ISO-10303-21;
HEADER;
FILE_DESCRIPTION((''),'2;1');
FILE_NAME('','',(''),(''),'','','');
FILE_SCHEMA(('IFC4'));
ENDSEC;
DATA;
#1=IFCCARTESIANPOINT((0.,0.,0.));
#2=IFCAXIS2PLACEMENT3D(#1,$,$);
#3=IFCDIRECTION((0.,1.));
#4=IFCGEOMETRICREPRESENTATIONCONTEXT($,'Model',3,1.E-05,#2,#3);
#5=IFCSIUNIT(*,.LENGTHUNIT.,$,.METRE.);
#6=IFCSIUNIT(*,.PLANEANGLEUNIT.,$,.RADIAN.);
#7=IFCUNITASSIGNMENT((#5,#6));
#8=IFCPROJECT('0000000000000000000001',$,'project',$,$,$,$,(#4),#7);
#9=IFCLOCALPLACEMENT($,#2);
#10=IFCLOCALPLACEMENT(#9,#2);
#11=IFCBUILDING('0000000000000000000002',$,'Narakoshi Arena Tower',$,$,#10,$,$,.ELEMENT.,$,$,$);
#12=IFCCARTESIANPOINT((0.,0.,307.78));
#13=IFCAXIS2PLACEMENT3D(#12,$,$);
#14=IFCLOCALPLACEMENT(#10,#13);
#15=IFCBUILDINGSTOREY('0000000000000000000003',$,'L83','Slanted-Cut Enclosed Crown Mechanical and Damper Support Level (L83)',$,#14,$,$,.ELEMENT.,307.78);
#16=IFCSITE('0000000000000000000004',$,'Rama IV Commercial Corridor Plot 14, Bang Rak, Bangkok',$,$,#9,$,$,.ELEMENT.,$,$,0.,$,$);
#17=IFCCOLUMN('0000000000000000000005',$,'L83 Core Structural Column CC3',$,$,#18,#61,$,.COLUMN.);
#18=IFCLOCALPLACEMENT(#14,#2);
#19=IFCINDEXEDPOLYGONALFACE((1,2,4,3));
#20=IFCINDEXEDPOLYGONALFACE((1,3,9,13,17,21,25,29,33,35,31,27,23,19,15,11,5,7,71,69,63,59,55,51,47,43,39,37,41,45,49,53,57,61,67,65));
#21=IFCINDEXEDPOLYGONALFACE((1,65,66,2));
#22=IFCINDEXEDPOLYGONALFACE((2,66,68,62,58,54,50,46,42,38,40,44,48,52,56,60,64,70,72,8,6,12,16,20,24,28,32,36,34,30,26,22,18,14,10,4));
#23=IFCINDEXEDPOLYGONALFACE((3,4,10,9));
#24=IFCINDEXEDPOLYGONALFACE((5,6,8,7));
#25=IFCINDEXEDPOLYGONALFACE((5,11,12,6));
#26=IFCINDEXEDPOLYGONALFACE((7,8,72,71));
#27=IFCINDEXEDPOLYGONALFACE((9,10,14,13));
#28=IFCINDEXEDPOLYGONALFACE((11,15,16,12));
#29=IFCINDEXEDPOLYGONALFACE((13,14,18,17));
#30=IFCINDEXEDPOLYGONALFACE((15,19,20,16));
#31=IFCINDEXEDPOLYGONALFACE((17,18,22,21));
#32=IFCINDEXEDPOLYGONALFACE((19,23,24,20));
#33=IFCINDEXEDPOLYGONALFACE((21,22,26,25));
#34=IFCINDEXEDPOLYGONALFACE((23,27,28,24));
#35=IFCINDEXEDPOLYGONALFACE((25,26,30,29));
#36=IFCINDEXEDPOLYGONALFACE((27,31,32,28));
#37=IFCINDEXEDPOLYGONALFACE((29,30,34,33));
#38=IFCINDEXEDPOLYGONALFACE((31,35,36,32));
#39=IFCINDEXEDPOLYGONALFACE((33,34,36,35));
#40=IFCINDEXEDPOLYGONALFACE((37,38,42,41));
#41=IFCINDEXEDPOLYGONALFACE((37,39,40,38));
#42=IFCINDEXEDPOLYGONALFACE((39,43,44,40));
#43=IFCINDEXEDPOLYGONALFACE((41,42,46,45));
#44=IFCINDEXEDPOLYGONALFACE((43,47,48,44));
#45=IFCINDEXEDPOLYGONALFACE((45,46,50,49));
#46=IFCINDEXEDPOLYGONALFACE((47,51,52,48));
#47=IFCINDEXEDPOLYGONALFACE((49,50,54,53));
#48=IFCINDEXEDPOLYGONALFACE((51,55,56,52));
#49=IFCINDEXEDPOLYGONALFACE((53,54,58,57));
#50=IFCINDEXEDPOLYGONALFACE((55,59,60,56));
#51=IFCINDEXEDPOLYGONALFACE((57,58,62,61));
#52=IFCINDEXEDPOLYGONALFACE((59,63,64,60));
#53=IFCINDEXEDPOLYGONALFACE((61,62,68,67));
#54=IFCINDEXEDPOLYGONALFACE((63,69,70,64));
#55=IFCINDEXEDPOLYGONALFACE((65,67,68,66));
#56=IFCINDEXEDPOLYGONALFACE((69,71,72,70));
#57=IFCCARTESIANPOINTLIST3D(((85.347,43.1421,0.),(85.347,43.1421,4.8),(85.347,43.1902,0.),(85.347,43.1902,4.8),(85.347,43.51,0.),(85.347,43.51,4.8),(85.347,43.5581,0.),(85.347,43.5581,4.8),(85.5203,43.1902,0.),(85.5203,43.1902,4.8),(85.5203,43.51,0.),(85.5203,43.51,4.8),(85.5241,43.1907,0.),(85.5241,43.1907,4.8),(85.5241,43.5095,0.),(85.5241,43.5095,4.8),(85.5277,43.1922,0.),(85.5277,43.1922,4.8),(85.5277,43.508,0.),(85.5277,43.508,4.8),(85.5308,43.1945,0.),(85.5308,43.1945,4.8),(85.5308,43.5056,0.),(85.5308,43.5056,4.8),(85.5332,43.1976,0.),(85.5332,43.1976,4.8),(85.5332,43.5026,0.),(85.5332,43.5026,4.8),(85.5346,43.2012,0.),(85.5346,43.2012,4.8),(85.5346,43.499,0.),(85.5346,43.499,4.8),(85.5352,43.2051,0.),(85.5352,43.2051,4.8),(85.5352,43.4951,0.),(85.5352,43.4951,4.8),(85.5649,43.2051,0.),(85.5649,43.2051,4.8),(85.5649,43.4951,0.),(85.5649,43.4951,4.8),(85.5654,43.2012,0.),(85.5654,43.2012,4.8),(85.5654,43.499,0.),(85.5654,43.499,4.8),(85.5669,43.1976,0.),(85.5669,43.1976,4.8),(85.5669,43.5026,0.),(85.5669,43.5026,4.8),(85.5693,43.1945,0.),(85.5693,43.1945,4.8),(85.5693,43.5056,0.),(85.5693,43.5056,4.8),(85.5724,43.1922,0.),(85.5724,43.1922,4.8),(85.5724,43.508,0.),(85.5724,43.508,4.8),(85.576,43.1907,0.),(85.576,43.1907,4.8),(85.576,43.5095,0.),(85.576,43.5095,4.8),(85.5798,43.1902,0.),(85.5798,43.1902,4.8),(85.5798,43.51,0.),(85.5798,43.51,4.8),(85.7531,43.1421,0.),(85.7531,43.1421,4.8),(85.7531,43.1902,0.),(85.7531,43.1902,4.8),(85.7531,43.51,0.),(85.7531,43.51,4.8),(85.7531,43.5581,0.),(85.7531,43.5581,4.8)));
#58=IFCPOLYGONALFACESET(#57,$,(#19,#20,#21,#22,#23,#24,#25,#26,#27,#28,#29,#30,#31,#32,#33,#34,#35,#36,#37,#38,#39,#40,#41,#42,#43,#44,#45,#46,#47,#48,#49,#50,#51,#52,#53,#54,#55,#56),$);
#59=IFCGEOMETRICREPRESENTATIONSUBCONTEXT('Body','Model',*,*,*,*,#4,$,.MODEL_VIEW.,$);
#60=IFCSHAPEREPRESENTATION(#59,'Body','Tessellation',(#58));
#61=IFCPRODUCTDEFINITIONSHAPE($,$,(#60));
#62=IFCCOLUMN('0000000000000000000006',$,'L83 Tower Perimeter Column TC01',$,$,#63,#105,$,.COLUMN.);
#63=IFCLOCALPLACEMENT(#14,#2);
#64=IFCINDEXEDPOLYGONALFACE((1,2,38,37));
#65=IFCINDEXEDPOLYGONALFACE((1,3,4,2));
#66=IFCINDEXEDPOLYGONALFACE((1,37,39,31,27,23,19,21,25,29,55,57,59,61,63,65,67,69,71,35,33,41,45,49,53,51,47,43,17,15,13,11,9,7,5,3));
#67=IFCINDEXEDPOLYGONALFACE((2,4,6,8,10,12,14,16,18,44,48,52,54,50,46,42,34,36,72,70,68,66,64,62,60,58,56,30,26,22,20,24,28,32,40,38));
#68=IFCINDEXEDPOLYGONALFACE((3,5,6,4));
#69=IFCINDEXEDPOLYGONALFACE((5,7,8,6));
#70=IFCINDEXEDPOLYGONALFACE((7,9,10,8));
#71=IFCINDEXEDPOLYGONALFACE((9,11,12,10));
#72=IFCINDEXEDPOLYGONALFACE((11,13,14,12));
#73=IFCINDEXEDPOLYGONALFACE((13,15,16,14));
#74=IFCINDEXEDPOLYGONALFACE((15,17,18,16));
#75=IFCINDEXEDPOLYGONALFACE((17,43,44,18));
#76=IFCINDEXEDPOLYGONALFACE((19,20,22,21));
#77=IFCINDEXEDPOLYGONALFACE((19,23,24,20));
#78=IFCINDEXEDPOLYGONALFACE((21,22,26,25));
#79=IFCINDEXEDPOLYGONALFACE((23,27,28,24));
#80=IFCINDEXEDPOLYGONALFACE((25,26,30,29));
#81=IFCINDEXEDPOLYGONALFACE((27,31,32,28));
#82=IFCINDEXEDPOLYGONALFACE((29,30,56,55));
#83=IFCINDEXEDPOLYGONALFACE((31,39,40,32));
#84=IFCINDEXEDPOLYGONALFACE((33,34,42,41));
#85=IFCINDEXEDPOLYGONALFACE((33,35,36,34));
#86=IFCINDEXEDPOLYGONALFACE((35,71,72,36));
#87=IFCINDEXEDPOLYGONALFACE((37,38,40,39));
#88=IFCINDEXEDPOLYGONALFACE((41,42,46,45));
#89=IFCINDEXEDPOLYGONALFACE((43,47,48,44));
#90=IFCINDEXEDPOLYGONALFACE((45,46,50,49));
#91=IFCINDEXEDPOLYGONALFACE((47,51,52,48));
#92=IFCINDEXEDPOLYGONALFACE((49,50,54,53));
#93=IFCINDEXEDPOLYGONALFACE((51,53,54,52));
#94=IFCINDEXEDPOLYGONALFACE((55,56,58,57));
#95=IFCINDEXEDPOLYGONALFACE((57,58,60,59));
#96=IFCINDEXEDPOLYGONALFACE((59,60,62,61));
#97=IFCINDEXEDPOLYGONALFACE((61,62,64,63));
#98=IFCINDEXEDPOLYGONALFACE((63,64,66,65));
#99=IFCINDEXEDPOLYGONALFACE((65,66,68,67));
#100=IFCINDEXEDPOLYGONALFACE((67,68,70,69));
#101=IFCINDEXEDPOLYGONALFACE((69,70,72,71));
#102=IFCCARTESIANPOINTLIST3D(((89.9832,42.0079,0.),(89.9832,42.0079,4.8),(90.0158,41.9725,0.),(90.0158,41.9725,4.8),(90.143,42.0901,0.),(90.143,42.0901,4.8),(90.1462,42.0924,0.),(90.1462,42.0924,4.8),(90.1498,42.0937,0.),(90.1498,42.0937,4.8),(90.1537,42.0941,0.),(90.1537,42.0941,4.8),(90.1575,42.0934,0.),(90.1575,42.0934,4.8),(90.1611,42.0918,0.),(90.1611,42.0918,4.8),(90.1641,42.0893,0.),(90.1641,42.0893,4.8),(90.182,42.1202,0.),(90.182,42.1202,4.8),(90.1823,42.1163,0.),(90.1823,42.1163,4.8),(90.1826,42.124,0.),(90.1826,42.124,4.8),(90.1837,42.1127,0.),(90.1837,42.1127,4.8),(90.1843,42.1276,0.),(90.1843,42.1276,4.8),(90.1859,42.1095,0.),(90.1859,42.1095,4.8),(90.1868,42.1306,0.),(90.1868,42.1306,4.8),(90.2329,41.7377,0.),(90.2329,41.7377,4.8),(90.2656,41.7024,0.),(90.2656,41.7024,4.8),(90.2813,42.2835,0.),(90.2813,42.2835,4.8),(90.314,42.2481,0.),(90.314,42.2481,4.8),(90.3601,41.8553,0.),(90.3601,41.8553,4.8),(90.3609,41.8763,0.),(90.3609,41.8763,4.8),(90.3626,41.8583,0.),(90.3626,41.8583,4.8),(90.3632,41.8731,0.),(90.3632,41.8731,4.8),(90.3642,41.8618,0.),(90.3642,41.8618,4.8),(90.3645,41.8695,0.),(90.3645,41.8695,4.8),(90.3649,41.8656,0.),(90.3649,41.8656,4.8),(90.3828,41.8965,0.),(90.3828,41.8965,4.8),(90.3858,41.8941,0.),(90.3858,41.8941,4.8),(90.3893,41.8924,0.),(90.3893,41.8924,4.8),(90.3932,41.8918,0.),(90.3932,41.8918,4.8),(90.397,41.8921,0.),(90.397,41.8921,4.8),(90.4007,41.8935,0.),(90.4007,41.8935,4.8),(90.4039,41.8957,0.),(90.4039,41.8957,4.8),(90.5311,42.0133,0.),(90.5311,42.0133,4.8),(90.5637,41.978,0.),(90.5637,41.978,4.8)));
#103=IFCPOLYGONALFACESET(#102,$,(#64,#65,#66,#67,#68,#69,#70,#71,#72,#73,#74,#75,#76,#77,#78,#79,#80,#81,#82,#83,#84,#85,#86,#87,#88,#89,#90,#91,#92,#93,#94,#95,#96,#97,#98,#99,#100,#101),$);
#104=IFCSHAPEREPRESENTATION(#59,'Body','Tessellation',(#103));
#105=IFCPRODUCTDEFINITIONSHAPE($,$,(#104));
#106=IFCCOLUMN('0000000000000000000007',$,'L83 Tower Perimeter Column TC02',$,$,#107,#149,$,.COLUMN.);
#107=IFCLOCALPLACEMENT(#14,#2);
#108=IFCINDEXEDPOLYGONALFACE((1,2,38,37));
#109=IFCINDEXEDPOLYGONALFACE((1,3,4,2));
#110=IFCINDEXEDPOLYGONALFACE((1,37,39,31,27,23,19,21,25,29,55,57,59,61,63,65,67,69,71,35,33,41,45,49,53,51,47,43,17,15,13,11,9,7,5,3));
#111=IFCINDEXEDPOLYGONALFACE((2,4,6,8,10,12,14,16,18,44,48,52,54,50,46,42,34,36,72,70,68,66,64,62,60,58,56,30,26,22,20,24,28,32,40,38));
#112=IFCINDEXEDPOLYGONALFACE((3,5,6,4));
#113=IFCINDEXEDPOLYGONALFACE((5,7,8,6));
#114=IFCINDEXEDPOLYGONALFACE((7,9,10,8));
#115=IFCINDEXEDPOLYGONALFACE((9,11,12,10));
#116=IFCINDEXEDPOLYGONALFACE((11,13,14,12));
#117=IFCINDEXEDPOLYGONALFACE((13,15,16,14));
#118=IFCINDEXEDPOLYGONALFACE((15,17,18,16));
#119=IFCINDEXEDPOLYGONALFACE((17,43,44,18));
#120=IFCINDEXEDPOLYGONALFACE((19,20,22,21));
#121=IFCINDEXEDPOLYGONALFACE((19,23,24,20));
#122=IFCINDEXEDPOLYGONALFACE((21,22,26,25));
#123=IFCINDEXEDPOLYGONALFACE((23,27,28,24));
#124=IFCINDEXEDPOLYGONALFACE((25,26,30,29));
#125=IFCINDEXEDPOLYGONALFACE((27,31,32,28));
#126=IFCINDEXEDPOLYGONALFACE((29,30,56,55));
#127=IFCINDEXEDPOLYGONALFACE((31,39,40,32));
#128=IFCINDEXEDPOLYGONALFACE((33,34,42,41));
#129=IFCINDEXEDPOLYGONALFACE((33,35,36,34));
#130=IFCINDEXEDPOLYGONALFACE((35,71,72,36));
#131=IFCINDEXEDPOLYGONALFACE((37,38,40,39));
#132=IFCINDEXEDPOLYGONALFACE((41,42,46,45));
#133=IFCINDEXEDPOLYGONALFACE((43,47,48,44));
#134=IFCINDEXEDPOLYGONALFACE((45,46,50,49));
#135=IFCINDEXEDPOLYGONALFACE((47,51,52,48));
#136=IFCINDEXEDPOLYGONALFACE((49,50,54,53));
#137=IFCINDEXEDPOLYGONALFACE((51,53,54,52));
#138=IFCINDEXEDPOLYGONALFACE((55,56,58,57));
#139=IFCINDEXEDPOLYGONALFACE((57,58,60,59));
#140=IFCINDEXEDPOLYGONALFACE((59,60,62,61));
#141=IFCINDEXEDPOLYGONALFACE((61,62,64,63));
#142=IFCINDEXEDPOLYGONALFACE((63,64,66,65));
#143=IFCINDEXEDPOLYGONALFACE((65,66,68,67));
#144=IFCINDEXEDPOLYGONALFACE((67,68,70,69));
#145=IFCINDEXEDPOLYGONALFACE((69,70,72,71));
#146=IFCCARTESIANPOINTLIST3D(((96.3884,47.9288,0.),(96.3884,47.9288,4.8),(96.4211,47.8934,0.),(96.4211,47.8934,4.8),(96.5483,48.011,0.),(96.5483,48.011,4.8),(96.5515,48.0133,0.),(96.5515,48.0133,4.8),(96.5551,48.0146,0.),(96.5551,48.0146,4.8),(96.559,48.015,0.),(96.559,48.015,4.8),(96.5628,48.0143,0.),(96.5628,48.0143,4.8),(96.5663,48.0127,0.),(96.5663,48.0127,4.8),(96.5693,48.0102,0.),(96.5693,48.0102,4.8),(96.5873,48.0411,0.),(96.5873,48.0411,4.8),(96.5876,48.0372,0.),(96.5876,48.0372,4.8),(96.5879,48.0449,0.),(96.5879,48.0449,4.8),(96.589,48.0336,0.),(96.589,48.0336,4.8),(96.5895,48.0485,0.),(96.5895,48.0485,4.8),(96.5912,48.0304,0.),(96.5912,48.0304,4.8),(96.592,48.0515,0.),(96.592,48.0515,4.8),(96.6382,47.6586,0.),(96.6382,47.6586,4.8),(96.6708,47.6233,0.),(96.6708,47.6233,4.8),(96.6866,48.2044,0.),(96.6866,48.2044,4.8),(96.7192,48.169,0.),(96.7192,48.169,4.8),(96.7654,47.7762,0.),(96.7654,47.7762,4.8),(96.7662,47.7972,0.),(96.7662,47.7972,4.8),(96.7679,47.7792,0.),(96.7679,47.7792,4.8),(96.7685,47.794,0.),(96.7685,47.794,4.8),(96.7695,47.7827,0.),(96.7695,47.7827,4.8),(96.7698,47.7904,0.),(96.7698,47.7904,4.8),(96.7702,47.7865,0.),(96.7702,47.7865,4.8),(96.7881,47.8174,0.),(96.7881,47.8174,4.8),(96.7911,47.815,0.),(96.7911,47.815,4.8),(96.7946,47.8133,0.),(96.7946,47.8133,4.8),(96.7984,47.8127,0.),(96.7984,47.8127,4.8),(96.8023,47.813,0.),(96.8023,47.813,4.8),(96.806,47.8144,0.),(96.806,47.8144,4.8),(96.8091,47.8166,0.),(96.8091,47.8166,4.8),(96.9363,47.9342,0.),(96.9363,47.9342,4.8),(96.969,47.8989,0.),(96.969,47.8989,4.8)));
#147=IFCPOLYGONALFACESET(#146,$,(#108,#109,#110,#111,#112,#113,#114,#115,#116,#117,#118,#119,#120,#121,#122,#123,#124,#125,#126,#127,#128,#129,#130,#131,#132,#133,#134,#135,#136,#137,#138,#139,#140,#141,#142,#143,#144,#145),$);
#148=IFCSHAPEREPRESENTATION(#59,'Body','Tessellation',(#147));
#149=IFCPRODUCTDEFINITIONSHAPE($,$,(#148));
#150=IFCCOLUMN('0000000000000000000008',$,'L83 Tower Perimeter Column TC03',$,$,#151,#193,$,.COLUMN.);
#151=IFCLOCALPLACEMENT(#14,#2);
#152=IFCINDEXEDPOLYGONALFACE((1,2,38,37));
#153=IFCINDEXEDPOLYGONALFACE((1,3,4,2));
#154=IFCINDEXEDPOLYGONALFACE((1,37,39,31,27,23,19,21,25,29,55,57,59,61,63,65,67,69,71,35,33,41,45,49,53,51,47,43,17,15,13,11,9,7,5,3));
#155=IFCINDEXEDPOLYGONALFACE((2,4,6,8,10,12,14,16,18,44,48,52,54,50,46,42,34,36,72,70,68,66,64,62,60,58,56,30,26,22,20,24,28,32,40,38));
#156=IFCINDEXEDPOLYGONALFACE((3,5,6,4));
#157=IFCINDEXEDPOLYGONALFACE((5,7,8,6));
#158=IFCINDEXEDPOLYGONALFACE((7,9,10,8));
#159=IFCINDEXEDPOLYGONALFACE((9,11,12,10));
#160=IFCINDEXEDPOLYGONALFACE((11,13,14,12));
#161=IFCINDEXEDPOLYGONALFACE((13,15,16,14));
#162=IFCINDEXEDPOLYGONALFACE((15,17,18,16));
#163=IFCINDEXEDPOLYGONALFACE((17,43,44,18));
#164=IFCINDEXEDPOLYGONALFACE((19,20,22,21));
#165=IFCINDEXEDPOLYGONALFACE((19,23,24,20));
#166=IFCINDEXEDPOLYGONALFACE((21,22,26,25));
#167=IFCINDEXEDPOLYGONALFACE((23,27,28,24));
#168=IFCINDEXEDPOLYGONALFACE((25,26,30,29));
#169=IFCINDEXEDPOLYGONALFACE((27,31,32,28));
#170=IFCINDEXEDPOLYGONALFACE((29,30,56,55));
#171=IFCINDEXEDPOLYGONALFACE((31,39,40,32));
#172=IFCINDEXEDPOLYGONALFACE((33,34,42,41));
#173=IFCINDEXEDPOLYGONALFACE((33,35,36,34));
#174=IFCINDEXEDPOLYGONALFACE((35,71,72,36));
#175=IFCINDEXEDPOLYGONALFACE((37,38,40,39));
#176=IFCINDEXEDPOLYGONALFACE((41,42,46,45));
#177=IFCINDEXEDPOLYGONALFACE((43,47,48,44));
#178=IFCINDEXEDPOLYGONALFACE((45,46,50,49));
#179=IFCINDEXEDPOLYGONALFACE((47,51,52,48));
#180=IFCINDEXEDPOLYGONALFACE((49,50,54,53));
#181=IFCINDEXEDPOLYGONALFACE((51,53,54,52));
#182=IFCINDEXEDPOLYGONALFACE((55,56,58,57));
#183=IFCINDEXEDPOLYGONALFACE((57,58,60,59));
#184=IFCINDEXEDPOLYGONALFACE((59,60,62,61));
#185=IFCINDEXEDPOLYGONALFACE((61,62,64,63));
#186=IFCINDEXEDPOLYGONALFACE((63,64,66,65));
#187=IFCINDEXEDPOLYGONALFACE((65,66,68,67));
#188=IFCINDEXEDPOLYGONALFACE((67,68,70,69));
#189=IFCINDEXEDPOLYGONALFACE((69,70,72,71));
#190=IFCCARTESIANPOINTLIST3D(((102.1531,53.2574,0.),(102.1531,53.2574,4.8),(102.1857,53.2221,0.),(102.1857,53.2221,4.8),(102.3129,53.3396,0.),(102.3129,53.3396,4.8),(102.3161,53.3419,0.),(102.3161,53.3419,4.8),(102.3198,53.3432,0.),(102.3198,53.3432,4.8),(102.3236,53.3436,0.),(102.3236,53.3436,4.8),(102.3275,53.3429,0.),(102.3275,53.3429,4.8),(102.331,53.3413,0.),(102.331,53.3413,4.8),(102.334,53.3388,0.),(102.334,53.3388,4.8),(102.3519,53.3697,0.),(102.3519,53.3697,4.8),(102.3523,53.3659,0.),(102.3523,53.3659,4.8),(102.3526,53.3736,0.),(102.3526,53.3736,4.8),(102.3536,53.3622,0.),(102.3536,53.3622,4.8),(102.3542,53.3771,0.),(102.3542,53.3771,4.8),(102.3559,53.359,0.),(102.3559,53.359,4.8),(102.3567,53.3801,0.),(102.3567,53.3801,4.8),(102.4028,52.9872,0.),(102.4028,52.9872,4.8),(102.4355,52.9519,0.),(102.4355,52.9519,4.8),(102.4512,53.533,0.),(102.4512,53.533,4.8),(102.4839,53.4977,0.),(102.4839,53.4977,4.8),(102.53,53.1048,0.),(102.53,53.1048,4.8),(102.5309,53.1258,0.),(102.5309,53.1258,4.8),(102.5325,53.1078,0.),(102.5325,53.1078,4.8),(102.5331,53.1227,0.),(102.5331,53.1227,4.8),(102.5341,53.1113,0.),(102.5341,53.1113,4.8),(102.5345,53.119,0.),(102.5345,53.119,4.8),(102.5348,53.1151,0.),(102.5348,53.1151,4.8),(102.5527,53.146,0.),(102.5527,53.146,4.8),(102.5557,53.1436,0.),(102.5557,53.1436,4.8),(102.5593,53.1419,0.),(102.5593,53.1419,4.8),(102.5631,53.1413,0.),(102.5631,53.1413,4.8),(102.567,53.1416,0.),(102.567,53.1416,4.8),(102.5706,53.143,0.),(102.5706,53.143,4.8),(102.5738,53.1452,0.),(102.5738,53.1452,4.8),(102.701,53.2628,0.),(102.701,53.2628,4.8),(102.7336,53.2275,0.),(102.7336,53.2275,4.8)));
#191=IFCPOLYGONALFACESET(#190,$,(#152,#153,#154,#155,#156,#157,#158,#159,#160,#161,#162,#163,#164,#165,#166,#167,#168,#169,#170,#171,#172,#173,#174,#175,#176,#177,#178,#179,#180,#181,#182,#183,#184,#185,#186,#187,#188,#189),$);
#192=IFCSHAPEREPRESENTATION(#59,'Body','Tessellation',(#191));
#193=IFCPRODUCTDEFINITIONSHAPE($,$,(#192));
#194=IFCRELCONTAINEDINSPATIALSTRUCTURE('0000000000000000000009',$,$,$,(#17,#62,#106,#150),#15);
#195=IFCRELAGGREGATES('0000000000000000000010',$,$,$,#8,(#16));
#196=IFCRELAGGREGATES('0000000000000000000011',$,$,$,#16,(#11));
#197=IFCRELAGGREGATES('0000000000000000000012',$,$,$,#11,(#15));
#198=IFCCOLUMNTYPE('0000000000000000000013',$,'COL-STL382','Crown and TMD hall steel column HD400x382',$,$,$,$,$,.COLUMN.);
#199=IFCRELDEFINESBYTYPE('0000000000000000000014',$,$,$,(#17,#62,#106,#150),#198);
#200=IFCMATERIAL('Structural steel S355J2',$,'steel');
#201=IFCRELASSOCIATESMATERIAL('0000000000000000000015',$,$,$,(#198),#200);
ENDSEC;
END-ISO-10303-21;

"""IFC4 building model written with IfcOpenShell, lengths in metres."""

from ifc_helpers import new_model, si_unit, direction, frame, origin, origin_2d, place, context, subcontext, project, spatial, i_section, extrude, material, material_profile, profile_set, type_object, element, save


model = new_model("IFC4")

# Units and contexts
model_context = context("Model", 3, precision=1e-05, world=origin(), true_north=direction((0.0, 1.0)))
body_context = subcontext(model_context, "Body", "Model", "MODEL_VIEW")
ifc_project = project(units=[si_unit("LENGTHUNIT", "METRE"), si_unit("PLANEANGLEUNIT", "RADIAN")], contexts=[model_context])

# Site, building, storey
site_placement = place(None, origin())
site = spatial("IfcSite", under=ifc_project, at=site_placement, Name="Rama IV Commercial Corridor Plot 14, Bang Rak, Bangkok", CompositionType="ELEMENT", RefElevation=0.0)
building_placement = place(site_placement, origin())
building = spatial("IfcBuilding", under=site, at=building_placement, Name="Narakoshi Arena Tower", CompositionType="ELEMENT")
storey_placement = place(building_placement, frame((0.0, 0.0, 307.78)))
storey = spatial("IfcBuildingStorey", under=building, at=storey_placement, Name="L83", Description="Slanted-Cut Enclosed Crown Mechanical and Damper Support Level (L83)", CompositionType="ELEMENT", Elevation=307.78)

# Columns
ifc_material_1 = material(Name="Structural steel S355J2", Category="steel")
ifc_material_profile_1 = material_profile(ifc_material_1, i_section(OverallWidth=0.406, OverallDepth=0.416, WebThickness=0.0298, FlangeThickness=0.0481, FilletRadius=0.0149, at=origin_2d()), Name="HD400x382")
ifc_profile_set_1 = profile_set([ifc_material_profile_1], Name="Structural steel S355J2")
column_type = type_object("IfcColumnType", Name="COL-STL382", Description="Crown and TMD hall steel column HD400x382", PredefinedType="COLUMN", material=ifc_profile_set_1)
for number, where, z_axis, x_axis, name in (
    (1, (85.55, 43.3501, 0.0), (0.0, 0.0, 1.0), (1.0, 0.0, 0.0), "L83 Core Structural Column CC3"),
    (2, (90.2734, 41.9929, 0.0), (0.0, 0.0, 1.0), (0.734323, 0.678801, 0.0), "L83 Tower Perimeter Column TC01"),
    (3, (96.6787, 47.9138, 0.0), (0.0, 0.0, 1.0), (0.734323, 0.678801, 0.0), "L83 Tower Perimeter Column TC02"),
    (4, (102.4434, 53.2424, 0.0), (0.0, 0.0, 1.0), (0.734323, 0.678801, 0.0), "L83 Tower Perimeter Column TC03"),
):
    element("IfcColumn", number, at=place(storey_placement, frame(where, z_axis=z_axis, x_axis=x_axis)), inside=storey, type_object=column_type, Name=name, PredefinedType="COLUMN", context=body_context, shape_type="SweptSolid", body=[
        extrude(i_section(OverallWidth=0.406, OverallDepth=0.416, WebThickness=0.0298, FlangeThickness=0.0481, FilletRadius=0.0149, at=origin_2d()), origin(), (0.0, 0.0, 1.0), 4.8),
    ])

save(model, "model.ifc")
